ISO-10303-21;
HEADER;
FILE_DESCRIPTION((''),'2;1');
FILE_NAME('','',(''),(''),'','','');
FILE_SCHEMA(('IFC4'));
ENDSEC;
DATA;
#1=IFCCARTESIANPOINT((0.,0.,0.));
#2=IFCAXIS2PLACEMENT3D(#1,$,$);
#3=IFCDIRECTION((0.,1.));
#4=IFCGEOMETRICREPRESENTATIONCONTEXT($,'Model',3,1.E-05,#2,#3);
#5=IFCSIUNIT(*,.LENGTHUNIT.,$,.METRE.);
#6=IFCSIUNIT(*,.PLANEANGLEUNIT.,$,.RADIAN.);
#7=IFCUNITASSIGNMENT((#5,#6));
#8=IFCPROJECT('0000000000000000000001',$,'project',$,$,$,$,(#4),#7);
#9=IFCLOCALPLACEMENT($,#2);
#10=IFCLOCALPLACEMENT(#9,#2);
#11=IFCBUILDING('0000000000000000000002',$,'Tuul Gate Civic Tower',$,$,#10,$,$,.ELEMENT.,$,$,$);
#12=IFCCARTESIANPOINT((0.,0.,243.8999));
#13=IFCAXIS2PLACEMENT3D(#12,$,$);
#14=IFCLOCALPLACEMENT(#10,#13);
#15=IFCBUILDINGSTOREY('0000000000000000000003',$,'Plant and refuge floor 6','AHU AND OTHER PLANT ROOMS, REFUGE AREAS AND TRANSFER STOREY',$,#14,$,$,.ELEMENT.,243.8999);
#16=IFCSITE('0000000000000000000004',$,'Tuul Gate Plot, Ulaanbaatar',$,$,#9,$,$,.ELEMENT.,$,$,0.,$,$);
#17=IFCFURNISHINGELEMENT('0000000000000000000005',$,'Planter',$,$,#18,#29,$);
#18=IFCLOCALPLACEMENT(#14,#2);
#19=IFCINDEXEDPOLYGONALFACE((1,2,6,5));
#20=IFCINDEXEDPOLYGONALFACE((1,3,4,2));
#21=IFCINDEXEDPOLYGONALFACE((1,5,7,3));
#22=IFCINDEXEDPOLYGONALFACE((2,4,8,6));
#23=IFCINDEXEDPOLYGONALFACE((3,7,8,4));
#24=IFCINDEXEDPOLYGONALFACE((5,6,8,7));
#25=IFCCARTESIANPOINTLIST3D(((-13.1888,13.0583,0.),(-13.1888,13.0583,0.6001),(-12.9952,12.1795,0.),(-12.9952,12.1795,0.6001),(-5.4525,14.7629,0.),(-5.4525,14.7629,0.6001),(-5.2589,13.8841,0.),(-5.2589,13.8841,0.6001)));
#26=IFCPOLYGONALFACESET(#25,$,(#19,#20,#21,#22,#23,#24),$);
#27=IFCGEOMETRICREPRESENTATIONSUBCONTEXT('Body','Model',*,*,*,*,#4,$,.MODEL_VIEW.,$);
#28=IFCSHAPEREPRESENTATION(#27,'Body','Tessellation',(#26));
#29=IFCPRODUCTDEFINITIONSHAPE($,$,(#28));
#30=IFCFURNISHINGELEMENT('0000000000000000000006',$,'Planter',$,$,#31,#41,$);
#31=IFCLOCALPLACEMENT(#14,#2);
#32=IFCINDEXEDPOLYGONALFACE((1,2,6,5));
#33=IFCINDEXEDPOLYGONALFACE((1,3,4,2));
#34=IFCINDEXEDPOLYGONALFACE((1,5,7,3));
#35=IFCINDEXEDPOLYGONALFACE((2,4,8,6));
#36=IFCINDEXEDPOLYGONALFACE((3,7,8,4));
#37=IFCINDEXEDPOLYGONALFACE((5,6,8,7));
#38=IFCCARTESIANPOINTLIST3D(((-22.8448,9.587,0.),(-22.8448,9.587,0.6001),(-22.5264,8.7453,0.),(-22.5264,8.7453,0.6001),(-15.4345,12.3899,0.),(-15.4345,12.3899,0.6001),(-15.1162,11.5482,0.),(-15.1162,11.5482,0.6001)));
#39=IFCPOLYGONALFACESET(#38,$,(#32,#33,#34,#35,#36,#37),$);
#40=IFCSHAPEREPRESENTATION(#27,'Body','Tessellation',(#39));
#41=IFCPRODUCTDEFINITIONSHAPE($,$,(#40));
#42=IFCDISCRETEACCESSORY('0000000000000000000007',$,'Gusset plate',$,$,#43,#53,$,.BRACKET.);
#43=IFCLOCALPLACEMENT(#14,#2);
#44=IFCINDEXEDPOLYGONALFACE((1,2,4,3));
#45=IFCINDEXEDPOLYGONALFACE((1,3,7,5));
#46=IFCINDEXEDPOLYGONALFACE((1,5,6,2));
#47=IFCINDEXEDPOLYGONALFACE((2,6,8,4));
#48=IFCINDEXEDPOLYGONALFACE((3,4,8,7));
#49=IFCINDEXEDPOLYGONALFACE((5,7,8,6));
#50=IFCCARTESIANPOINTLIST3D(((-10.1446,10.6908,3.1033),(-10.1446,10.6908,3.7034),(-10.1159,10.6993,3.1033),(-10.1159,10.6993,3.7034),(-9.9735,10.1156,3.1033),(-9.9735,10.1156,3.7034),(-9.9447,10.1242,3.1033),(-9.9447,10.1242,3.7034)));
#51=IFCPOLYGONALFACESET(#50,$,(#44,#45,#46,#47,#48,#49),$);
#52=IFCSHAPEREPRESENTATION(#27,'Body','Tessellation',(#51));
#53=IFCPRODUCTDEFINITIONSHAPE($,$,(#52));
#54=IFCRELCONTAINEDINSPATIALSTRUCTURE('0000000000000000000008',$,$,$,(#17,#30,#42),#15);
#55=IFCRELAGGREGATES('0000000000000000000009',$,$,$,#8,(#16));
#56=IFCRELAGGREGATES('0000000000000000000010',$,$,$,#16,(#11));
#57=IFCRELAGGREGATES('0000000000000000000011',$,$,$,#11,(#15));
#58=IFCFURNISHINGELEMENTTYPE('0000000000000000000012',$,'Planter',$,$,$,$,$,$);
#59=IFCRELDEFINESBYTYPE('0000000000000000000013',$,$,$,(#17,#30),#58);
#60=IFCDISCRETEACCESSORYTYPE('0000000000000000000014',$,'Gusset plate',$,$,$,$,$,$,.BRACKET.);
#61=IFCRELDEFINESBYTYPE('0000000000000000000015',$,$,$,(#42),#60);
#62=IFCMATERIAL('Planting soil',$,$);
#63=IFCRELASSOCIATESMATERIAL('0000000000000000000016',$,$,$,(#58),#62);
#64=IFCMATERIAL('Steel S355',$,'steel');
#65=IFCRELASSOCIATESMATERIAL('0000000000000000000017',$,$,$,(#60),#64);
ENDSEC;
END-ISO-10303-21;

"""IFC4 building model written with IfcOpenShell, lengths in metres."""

from ifc_helpers import new_model, si_unit, direction, frame, origin, origin_2d, place, context, subcontext, project, spatial, rectangle, extrude, material, type_object, element, save


model = new_model("IFC4")

# Units and contexts
model_context = context("Model", 3, precision=1e-05, world=origin(), true_north=direction((0.0, 1.0)))
body_context = subcontext(model_context, "Body", "Model", "MODEL_VIEW")
ifc_project = project(units=[si_unit("LENGTHUNIT", "METRE"), si_unit("PLANEANGLEUNIT", "RADIAN")], contexts=[model_context])

# Site, building, storey
site_placement = place(None, origin())
site = spatial("IfcSite", under=ifc_project, at=site_placement, Name="Tuul Gate Plot, Ulaanbaatar", CompositionType="ELEMENT", RefElevation=0.0)
building_placement = place(site_placement, origin())
building = spatial("IfcBuilding", under=site, at=building_placement, Name="Tuul Gate Civic Tower", CompositionType="ELEMENT")
storey_placement = place(building_placement, frame((0.0, 0.0, 243.8999)))
storey = spatial("IfcBuildingStorey", under=building, at=storey_placement, Name="Plant and refuge floor 6", Description="AHU AND OTHER PLANT ROOMS, REFUGE AREAS AND TRANSFER STOREY", CompositionType="ELEMENT", Elevation=243.8999)

# Furnishing elements
ifc_material_1 = material(Name="Planting soil")
furnishing_element_type = type_object("IfcFurnishingElementType", Name="Planter", material=ifc_material_1)
furnishing_1_placement = place(storey_placement, frame((-9.2239, 13.4712, 0.0), z_axis=(0.0, 0.0, 1.0), x_axis=(-0.976575, -0.215176, 0.0)))
element("IfcFurnishingElement", 1, at=furnishing_1_placement, inside=storey, type_object=furnishing_element_type, Name="Planter", context=body_context, shape_type="SweptSolid", body=[
    extrude(rectangle(XDim=7.9219, YDim=0.8999, at=origin_2d()), origin(), (0.0, 0.0, 1.0), 0.6001),
])
furnishing_2_placement = place(storey_placement, frame((-18.9805, 10.5676, 0.0), z_axis=(0.0, 0.0, 1.0), x_axis=(-0.935326, -0.353787, 0.0)))
element("IfcFurnishingElement", 2, at=furnishing_2_placement, inside=storey, type_object=furnishing_element_type, Name="Planter", context=body_context, shape_type="SweptSolid", body=[
    extrude(rectangle(XDim=7.9226, YDim=0.8999, at=origin_2d()), origin(), (0.0, 0.0, 1.0), 0.6001),
])

# Discrete accessory
ifc_material_2 = material(Name="Steel S355", Category="steel")
discrete_accessory_type = type_object("IfcDiscreteAccessoryType", Name="Gusset plate", PredefinedType="BRACKET", material=ifc_material_2)
discrete_accessory_placement = place(storey_placement, frame((-10.0447, 10.4075, 3.1033), z_axis=(0.0, 0.0, 1.0), x_axis=(0.285212, -0.958464, 0.0)))
element("IfcDiscreteAccessory", 3, at=discrete_accessory_placement, inside=storey, type_object=discrete_accessory_type, Name="Gusset plate", PredefinedType="BRACKET", context=body_context, shape_type="SweptSolid", body=[
    extrude(rectangle(XDim=0.6001, YDim=0.03, at=origin_2d()), origin(), (0.0, 0.0, 1.0), 0.6001),
])

save(model, "model.ifc")
